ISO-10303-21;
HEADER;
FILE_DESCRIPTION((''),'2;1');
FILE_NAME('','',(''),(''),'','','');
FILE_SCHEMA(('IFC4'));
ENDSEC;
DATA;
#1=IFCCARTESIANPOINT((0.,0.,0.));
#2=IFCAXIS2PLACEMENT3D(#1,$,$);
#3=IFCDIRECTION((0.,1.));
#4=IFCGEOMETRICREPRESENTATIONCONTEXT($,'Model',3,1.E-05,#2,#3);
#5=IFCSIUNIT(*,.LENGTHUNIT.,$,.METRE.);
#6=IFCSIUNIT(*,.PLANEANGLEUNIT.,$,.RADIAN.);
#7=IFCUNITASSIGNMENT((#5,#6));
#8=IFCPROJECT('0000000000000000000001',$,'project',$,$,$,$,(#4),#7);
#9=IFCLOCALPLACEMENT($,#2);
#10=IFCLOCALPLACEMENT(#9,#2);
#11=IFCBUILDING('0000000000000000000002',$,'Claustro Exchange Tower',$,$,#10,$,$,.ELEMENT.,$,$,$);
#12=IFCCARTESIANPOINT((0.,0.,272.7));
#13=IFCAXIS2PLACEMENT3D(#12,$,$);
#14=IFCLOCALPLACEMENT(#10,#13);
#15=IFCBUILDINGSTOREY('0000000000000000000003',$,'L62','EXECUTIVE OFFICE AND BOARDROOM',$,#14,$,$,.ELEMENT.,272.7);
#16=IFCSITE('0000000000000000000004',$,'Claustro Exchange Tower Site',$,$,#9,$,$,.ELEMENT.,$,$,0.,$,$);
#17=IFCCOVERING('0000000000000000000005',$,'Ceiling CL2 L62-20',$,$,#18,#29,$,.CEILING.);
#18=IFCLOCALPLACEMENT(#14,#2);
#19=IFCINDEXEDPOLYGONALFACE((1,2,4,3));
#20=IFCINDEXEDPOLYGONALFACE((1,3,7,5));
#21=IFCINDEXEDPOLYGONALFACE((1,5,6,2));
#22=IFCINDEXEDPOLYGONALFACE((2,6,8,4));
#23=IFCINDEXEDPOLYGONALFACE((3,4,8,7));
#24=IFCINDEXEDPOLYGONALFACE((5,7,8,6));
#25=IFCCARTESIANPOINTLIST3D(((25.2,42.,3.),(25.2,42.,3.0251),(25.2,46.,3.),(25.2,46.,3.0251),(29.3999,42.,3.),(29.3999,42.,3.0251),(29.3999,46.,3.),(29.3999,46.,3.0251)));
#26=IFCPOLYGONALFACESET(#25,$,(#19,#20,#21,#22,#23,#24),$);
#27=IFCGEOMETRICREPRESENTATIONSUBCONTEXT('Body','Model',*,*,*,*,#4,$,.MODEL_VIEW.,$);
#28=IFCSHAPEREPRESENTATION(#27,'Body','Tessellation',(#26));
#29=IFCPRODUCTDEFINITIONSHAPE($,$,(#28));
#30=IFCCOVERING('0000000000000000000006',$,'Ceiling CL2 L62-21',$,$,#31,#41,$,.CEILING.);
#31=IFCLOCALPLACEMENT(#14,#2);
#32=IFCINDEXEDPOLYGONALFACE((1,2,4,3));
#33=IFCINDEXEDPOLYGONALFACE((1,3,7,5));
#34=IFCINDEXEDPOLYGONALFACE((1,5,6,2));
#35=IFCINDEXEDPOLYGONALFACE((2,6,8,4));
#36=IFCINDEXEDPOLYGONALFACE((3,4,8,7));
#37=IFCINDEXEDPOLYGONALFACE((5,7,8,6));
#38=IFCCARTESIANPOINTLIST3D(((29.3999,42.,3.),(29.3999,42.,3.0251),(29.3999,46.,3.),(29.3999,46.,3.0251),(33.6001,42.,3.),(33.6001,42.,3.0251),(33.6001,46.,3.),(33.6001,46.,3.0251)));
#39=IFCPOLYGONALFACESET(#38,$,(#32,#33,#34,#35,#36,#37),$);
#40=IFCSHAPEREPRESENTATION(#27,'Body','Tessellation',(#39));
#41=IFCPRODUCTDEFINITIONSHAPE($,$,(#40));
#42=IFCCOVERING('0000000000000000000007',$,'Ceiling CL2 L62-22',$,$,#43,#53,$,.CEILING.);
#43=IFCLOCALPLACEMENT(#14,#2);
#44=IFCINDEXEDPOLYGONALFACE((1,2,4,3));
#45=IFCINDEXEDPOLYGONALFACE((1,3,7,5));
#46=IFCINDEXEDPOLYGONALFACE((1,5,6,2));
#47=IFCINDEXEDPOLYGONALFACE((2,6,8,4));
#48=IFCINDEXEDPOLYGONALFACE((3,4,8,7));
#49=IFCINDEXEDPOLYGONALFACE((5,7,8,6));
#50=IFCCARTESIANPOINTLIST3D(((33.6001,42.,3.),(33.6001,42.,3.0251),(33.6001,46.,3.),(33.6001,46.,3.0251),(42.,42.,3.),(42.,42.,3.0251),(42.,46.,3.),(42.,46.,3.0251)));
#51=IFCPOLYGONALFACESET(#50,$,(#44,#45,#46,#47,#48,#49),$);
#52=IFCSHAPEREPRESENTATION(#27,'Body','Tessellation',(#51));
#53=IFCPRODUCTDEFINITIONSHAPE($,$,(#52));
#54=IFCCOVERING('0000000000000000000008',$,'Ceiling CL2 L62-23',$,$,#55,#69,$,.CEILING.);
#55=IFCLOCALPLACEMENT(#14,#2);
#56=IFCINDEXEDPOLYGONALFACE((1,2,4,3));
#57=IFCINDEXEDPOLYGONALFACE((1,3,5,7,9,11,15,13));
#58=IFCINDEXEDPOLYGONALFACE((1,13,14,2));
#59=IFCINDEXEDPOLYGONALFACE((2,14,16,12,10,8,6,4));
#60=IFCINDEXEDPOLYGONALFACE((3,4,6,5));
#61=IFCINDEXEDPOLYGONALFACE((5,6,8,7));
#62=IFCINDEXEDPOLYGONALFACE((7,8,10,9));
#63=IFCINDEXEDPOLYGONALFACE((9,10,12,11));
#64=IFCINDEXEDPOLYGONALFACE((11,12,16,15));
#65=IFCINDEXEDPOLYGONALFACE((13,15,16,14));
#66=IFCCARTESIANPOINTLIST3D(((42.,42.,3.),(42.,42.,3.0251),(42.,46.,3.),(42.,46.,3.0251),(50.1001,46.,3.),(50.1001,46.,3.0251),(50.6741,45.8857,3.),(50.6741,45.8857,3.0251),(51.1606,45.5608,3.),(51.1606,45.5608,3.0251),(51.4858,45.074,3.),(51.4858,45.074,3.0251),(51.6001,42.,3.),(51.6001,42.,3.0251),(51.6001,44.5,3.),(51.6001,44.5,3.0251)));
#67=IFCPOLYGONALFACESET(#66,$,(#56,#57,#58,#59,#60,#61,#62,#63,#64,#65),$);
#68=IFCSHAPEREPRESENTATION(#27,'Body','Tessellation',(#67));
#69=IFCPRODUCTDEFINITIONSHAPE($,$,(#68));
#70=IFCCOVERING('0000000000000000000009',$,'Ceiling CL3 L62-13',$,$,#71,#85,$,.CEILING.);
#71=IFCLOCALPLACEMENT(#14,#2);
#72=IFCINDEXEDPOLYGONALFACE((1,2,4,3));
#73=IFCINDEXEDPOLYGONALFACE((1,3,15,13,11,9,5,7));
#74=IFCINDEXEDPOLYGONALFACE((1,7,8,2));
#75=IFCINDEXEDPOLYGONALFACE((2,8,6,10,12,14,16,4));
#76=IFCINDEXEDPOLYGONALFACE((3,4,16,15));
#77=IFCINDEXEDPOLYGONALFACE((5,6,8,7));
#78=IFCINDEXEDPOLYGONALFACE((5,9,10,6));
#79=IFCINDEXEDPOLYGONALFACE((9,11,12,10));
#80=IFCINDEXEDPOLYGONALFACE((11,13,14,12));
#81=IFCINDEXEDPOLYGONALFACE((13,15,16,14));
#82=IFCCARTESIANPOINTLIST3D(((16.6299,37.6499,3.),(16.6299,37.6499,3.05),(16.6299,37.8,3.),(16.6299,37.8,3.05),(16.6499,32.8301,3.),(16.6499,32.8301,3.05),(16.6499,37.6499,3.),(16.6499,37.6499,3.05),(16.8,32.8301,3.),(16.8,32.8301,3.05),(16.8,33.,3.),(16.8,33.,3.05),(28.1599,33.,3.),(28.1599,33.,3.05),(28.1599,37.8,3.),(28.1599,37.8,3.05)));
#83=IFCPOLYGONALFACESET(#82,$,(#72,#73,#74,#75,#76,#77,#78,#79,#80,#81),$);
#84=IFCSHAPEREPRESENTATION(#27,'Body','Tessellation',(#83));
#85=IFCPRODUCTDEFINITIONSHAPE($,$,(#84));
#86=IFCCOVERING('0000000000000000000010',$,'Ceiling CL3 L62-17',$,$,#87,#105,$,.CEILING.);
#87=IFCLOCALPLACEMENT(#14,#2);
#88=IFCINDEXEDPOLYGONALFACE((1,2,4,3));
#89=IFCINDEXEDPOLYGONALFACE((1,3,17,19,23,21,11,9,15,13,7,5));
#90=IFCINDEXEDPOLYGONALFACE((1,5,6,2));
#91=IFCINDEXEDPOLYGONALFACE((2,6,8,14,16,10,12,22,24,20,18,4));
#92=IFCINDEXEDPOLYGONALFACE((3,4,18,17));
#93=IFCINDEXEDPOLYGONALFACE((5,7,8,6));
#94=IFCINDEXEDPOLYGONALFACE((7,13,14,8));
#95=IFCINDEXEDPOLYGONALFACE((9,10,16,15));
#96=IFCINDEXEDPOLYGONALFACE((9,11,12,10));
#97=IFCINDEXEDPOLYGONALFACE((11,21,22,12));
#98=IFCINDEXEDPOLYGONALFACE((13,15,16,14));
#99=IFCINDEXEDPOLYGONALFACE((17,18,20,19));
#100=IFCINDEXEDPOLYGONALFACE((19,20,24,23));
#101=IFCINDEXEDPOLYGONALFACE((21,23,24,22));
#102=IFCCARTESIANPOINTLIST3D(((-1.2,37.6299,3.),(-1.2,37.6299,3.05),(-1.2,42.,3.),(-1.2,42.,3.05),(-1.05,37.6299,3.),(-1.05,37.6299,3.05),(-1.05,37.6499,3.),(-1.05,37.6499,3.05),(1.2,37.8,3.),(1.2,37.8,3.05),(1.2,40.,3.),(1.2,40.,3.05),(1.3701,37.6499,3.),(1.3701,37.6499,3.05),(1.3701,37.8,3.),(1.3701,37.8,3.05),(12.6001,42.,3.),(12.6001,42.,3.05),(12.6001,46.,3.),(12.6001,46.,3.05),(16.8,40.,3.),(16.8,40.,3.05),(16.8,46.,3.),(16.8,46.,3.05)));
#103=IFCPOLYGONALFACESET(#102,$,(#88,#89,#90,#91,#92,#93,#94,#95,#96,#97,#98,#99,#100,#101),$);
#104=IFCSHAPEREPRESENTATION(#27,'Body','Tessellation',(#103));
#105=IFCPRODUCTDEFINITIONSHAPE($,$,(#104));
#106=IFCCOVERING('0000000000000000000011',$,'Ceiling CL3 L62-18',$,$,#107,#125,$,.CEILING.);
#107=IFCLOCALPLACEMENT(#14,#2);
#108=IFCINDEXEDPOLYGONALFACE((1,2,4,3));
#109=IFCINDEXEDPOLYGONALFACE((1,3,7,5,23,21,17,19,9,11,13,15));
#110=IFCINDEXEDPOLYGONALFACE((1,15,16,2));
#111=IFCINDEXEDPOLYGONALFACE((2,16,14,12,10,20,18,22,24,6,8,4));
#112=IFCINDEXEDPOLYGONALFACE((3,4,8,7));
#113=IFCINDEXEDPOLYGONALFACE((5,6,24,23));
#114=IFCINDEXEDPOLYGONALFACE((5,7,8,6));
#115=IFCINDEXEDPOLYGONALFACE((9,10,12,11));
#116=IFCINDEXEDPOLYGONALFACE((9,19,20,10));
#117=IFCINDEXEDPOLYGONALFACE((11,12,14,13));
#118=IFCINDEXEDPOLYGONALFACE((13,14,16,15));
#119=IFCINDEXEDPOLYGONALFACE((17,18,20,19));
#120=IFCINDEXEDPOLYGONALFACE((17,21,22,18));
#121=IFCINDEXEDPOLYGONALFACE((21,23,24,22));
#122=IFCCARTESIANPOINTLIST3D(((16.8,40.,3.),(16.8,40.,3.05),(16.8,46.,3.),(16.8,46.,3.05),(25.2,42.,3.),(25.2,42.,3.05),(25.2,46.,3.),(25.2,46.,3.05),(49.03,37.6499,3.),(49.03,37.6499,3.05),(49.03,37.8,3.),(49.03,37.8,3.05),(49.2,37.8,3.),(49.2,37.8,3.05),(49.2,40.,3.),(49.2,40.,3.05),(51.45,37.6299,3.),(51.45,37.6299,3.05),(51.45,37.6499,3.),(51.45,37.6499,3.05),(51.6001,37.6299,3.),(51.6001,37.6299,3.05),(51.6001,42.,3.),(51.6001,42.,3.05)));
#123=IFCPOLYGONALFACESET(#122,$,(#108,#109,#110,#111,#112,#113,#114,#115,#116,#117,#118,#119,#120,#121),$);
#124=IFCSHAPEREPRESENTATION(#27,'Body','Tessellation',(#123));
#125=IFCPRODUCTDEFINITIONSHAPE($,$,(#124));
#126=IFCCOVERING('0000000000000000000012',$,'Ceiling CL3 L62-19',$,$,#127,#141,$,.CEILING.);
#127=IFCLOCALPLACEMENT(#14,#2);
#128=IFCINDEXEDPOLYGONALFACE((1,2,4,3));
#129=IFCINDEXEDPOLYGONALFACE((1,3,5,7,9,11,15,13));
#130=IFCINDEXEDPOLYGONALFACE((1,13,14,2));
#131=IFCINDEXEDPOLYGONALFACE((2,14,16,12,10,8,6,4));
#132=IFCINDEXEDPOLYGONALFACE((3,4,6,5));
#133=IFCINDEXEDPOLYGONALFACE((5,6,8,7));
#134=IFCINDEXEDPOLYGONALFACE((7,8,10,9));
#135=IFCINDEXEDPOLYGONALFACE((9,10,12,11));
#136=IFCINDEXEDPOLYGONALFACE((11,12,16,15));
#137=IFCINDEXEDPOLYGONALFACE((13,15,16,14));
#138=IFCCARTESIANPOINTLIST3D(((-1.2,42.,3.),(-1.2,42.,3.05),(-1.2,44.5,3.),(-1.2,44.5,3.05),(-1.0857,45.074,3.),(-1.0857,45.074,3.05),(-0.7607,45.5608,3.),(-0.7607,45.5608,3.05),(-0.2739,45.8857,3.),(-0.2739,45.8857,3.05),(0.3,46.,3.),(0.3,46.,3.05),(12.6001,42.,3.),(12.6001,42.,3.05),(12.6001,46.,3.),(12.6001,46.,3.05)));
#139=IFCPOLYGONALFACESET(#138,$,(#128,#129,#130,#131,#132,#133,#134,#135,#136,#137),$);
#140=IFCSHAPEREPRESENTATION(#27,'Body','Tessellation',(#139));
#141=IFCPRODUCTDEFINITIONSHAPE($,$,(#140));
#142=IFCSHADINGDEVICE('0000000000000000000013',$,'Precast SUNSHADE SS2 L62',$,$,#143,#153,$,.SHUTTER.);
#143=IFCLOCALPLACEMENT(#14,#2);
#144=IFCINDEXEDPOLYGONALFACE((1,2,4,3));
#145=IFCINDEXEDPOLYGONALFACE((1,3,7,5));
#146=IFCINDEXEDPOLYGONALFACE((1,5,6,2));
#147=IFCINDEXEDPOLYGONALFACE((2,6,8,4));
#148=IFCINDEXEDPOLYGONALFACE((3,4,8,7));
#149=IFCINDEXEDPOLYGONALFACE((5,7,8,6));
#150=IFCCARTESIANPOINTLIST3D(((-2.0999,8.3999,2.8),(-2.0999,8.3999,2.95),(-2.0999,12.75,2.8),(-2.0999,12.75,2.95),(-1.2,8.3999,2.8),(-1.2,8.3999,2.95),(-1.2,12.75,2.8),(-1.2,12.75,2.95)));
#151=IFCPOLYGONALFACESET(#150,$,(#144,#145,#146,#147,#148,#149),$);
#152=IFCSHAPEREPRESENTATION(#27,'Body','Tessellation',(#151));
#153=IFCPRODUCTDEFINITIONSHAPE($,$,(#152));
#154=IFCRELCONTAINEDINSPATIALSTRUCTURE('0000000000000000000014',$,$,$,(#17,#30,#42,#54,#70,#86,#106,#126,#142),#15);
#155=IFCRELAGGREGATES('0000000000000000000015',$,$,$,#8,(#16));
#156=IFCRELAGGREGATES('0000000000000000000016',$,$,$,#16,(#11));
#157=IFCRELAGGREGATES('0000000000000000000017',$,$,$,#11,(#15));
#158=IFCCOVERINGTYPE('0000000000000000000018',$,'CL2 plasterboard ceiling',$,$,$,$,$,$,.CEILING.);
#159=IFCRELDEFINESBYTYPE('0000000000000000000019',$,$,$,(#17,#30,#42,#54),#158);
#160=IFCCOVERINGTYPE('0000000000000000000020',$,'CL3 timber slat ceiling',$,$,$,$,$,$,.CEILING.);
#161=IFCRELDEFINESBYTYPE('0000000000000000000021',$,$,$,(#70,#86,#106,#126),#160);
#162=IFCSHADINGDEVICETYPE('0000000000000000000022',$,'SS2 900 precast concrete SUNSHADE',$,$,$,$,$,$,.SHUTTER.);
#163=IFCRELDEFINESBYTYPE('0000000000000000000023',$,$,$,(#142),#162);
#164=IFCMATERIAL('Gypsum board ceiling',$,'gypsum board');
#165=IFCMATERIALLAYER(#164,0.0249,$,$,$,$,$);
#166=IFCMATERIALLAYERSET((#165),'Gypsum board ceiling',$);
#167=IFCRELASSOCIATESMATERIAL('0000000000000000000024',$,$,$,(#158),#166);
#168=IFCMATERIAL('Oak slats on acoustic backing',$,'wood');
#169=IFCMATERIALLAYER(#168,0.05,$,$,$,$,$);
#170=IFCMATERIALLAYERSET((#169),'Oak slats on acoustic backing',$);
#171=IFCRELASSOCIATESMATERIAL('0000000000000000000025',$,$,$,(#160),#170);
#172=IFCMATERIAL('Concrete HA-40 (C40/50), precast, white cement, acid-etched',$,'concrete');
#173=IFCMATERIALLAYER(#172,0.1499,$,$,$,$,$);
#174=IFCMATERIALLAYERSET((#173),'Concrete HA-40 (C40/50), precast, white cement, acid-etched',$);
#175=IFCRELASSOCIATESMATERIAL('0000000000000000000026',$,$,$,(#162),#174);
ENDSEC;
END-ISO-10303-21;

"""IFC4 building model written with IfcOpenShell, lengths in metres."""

from ifc_helpers import new_model, si_unit, direction, frame, origin, origin_2d, place, context, subcontext, project, spatial, polyline, rectangle, outline, extrude, material, layer, layer_set, type_object, element, save


model = new_model("IFC4")

# Units and contexts
model_context = context("Model", 3, precision=1e-05, world=origin(), true_north=direction((0.0, 1.0)))
body_context = subcontext(model_context, "Body", "Model", "MODEL_VIEW")
ifc_project = project(units=[si_unit("LENGTHUNIT", "METRE"), si_unit("PLANEANGLEUNIT", "RADIAN")], contexts=[model_context])

# Site, building, storey
site_placement = place(None, origin())
site = spatial("IfcSite", under=ifc_project, at=site_placement, Name="Claustro Exchange Tower Site", CompositionType="ELEMENT", RefElevation=0.0)
building_placement = place(site_placement, origin())
building = spatial("IfcBuilding", under=site, at=building_placement, Name="Claustro Exchange Tower", CompositionType="ELEMENT")
storey_placement = place(building_placement, frame((0.0, 0.0, 272.7)))
storey = spatial("IfcBuildingStorey", under=building, at=storey_placement, Name="L62", Description="EXECUTIVE OFFICE AND BOARDROOM", CompositionType="ELEMENT", Elevation=272.7)

# Coverings
ifc_material_1 = material(Name="Gypsum board ceiling", Category="gypsum board")
ifc_layer_1 = layer(ifc_material_1, 0.0249)
ifc_layer_set_1 = layer_set([ifc_layer_1], Name="Gypsum board ceiling")
covering_type_1 = type_object("IfcCoveringType", Name="CL2 plasterboard ceiling", PredefinedType="CEILING", material=ifc_layer_set_1)
covering_1_placement = place(storey_placement, frame((0.0, 0.0, 3.0)))
element("IfcCovering", 1, at=covering_1_placement, inside=storey, type_object=covering_type_1, Name="Ceiling CL2 L62-20", PredefinedType="CEILING", context=body_context, shape_type="SweptSolid", body=[
    extrude(outline(polyline([(29.3999, 46.0), (25.2, 46.0), (25.2, 42.0), (29.3999, 42.0), (29.3999, 46.0)])), origin(), (0.0, 0.0, 1.0), 0.0251),
])
covering_2_placement = place(storey_placement, frame((0.0, 0.0, 3.0)))
element("IfcCovering", 2, at=covering_2_placement, inside=storey, type_object=covering_type_1, Name="Ceiling CL2 L62-21", PredefinedType="CEILING", context=body_context, shape_type="SweptSolid", body=[
    extrude(outline(polyline([(33.6001, 46.0), (29.3999, 46.0), (29.3999, 42.0), (33.6001, 42.0), (33.6001, 46.0)])), origin(), (0.0, 0.0, 1.0), 0.0251),
])
covering_3_placement = place(storey_placement, frame((0.0, 0.0, 3.0)))
element("IfcCovering", 3, at=covering_3_placement, inside=storey, type_object=covering_type_1, Name="Ceiling CL2 L62-22", PredefinedType="CEILING", context=body_context, shape_type="SweptSolid", body=[
    extrude(outline(polyline([(42.0, 46.0), (33.6001, 46.0), (33.6001, 42.0), (42.0, 42.0), (42.0, 46.0)])), origin(), (0.0, 0.0, 1.0), 0.0251),
])
covering_4_placement = place(storey_placement, frame((0.0, 0.0, 3.0)))
element("IfcCovering", 4, at=covering_4_placement, inside=storey, type_object=covering_type_1, Name="Ceiling CL2 L62-23", PredefinedType="CEILING", context=body_context, shape_type="SweptSolid", body=[
    extrude(outline(polyline([(50.1001, 46.0), (42.0, 46.0), (42.0, 42.0), (51.6001, 42.0), (51.6001, 44.5), (51.4858, 45.074), (51.1606, 45.5608), (50.6741, 45.8857), (50.1001, 46.0)])), origin(), (0.0, 0.0, 1.0), 0.0251),
])
ifc_material_2 = material(Name="Oak slats on acoustic backing", Category="wood")
ifc_layer_2 = layer(ifc_material_2, 0.05)
ifc_layer_set_2 = layer_set([ifc_layer_2], Name="Oak slats on acoustic backing")
covering_type_2 = type_object("IfcCoveringType", Name="CL3 timber slat ceiling", PredefinedType="CEILING", material=ifc_layer_set_2)
covering_5_placement = place(storey_placement, frame((0.0, 0.0, 3.0)))
element("IfcCovering", 5, at=covering_5_placement, inside=storey, type_object=covering_type_2, Name="Ceiling CL3 L62-13", PredefinedType="CEILING", context=body_context, shape_type="SweptSolid", body=[
    extrude(outline(polyline([(28.1599, 37.8), (16.6299, 37.8), (16.6299, 37.6499), (16.6499, 37.6499), (16.6499, 32.8301), (16.8, 32.8301), (16.8, 33.0), (28.1599, 33.0), (28.1599, 37.8)])), origin(), (0.0, 0.0, 1.0), 0.05),
])
covering_6_placement = place(storey_placement, frame((0.0, 0.0, 3.0)))
element("IfcCovering", 6, at=covering_6_placement, inside=storey, type_object=covering_type_2, Name="Ceiling CL3 L62-17", PredefinedType="CEILING", context=body_context, shape_type="SweptSolid", body=[
    extrude(outline(polyline([(-1.05, 37.6499), (1.3701, 37.6499), (1.3701, 37.8), (1.2, 37.8), (1.2, 40.0), (16.8, 40.0), (16.8, 46.0), (12.6001, 46.0), (12.6001, 42.0), (-1.2, 42.0), (-1.2, 37.6299), (-1.05, 37.6299), (-1.05, 37.6499)])), origin(), (0.0, 0.0, 1.0), 0.05),
])
covering_7_placement = place(storey_placement, frame((0.0, 0.0, 3.0)))
element("IfcCovering", 7, at=covering_7_placement, inside=storey, type_object=covering_type_2, Name="Ceiling CL3 L62-18", PredefinedType="CEILING", context=body_context, shape_type="SweptSolid", body=[
    extrude(outline(polyline([(51.45, 37.6499), (51.45, 37.6299), (51.6001, 37.6299), (51.6001, 42.0), (25.2, 42.0), (25.2, 46.0), (16.8, 46.0), (16.8, 40.0), (49.2, 40.0), (49.2, 37.8), (49.03, 37.8), (49.03, 37.6499), (51.45, 37.6499)])), origin(), (0.0, 0.0, 1.0), 0.05),
])
covering_8_placement = place(storey_placement, frame((0.0, 0.0, 3.0)))
element("IfcCovering", 8, at=covering_8_placement, inside=storey, type_object=covering_type_2, Name="Ceiling CL3 L62-19", PredefinedType="CEILING", context=body_context, shape_type="SweptSolid", body=[
    extrude(outline(polyline([(-1.2, 44.5), (-1.2, 42.0), (12.6001, 42.0), (12.6001, 46.0), (0.3, 46.0), (-0.2739, 45.8857), (-0.7607, 45.5608), (-1.0857, 45.074), (-1.2, 44.5)])), origin(), (0.0, 0.0, 1.0), 0.05),
])

# Shading device
ifc_material_3 = material(Name="Concrete HA-40 (C40/50), precast, white cement, acid-etched", Category="concrete")
ifc_layer_3 = layer(ifc_material_3, 0.1499)
ifc_layer_set_3 = layer_set([ifc_layer_3], Name="Concrete HA-40 (C40/50), precast, white cement, acid-etched")
shading_device_type = type_object("IfcShadingDeviceType", Name="SS2 900 precast concrete SUNSHADE", PredefinedType="SHUTTER", material=ifc_layer_set_3)
shading_device_placement = place(storey_placement, frame((-1.6499, 10.575, 2.8), z_axis=(0.0, 0.0, 1.0), x_axis=(0.0, 1.0, 0.0)))
element("IfcShadingDevice", 9, at=shading_device_placement, inside=storey, type_object=shading_device_type, Name="Precast SUNSHADE SS2 L62", PredefinedType="SHUTTER", context=body_context, shape_type="SweptSolid", body=[
    extrude(rectangle(XDim=4.3501, YDim=0.8999, at=origin_2d()), origin(), (0.0, 0.0, 1.0), 0.1499),
])

save(model, "model.ifc")
